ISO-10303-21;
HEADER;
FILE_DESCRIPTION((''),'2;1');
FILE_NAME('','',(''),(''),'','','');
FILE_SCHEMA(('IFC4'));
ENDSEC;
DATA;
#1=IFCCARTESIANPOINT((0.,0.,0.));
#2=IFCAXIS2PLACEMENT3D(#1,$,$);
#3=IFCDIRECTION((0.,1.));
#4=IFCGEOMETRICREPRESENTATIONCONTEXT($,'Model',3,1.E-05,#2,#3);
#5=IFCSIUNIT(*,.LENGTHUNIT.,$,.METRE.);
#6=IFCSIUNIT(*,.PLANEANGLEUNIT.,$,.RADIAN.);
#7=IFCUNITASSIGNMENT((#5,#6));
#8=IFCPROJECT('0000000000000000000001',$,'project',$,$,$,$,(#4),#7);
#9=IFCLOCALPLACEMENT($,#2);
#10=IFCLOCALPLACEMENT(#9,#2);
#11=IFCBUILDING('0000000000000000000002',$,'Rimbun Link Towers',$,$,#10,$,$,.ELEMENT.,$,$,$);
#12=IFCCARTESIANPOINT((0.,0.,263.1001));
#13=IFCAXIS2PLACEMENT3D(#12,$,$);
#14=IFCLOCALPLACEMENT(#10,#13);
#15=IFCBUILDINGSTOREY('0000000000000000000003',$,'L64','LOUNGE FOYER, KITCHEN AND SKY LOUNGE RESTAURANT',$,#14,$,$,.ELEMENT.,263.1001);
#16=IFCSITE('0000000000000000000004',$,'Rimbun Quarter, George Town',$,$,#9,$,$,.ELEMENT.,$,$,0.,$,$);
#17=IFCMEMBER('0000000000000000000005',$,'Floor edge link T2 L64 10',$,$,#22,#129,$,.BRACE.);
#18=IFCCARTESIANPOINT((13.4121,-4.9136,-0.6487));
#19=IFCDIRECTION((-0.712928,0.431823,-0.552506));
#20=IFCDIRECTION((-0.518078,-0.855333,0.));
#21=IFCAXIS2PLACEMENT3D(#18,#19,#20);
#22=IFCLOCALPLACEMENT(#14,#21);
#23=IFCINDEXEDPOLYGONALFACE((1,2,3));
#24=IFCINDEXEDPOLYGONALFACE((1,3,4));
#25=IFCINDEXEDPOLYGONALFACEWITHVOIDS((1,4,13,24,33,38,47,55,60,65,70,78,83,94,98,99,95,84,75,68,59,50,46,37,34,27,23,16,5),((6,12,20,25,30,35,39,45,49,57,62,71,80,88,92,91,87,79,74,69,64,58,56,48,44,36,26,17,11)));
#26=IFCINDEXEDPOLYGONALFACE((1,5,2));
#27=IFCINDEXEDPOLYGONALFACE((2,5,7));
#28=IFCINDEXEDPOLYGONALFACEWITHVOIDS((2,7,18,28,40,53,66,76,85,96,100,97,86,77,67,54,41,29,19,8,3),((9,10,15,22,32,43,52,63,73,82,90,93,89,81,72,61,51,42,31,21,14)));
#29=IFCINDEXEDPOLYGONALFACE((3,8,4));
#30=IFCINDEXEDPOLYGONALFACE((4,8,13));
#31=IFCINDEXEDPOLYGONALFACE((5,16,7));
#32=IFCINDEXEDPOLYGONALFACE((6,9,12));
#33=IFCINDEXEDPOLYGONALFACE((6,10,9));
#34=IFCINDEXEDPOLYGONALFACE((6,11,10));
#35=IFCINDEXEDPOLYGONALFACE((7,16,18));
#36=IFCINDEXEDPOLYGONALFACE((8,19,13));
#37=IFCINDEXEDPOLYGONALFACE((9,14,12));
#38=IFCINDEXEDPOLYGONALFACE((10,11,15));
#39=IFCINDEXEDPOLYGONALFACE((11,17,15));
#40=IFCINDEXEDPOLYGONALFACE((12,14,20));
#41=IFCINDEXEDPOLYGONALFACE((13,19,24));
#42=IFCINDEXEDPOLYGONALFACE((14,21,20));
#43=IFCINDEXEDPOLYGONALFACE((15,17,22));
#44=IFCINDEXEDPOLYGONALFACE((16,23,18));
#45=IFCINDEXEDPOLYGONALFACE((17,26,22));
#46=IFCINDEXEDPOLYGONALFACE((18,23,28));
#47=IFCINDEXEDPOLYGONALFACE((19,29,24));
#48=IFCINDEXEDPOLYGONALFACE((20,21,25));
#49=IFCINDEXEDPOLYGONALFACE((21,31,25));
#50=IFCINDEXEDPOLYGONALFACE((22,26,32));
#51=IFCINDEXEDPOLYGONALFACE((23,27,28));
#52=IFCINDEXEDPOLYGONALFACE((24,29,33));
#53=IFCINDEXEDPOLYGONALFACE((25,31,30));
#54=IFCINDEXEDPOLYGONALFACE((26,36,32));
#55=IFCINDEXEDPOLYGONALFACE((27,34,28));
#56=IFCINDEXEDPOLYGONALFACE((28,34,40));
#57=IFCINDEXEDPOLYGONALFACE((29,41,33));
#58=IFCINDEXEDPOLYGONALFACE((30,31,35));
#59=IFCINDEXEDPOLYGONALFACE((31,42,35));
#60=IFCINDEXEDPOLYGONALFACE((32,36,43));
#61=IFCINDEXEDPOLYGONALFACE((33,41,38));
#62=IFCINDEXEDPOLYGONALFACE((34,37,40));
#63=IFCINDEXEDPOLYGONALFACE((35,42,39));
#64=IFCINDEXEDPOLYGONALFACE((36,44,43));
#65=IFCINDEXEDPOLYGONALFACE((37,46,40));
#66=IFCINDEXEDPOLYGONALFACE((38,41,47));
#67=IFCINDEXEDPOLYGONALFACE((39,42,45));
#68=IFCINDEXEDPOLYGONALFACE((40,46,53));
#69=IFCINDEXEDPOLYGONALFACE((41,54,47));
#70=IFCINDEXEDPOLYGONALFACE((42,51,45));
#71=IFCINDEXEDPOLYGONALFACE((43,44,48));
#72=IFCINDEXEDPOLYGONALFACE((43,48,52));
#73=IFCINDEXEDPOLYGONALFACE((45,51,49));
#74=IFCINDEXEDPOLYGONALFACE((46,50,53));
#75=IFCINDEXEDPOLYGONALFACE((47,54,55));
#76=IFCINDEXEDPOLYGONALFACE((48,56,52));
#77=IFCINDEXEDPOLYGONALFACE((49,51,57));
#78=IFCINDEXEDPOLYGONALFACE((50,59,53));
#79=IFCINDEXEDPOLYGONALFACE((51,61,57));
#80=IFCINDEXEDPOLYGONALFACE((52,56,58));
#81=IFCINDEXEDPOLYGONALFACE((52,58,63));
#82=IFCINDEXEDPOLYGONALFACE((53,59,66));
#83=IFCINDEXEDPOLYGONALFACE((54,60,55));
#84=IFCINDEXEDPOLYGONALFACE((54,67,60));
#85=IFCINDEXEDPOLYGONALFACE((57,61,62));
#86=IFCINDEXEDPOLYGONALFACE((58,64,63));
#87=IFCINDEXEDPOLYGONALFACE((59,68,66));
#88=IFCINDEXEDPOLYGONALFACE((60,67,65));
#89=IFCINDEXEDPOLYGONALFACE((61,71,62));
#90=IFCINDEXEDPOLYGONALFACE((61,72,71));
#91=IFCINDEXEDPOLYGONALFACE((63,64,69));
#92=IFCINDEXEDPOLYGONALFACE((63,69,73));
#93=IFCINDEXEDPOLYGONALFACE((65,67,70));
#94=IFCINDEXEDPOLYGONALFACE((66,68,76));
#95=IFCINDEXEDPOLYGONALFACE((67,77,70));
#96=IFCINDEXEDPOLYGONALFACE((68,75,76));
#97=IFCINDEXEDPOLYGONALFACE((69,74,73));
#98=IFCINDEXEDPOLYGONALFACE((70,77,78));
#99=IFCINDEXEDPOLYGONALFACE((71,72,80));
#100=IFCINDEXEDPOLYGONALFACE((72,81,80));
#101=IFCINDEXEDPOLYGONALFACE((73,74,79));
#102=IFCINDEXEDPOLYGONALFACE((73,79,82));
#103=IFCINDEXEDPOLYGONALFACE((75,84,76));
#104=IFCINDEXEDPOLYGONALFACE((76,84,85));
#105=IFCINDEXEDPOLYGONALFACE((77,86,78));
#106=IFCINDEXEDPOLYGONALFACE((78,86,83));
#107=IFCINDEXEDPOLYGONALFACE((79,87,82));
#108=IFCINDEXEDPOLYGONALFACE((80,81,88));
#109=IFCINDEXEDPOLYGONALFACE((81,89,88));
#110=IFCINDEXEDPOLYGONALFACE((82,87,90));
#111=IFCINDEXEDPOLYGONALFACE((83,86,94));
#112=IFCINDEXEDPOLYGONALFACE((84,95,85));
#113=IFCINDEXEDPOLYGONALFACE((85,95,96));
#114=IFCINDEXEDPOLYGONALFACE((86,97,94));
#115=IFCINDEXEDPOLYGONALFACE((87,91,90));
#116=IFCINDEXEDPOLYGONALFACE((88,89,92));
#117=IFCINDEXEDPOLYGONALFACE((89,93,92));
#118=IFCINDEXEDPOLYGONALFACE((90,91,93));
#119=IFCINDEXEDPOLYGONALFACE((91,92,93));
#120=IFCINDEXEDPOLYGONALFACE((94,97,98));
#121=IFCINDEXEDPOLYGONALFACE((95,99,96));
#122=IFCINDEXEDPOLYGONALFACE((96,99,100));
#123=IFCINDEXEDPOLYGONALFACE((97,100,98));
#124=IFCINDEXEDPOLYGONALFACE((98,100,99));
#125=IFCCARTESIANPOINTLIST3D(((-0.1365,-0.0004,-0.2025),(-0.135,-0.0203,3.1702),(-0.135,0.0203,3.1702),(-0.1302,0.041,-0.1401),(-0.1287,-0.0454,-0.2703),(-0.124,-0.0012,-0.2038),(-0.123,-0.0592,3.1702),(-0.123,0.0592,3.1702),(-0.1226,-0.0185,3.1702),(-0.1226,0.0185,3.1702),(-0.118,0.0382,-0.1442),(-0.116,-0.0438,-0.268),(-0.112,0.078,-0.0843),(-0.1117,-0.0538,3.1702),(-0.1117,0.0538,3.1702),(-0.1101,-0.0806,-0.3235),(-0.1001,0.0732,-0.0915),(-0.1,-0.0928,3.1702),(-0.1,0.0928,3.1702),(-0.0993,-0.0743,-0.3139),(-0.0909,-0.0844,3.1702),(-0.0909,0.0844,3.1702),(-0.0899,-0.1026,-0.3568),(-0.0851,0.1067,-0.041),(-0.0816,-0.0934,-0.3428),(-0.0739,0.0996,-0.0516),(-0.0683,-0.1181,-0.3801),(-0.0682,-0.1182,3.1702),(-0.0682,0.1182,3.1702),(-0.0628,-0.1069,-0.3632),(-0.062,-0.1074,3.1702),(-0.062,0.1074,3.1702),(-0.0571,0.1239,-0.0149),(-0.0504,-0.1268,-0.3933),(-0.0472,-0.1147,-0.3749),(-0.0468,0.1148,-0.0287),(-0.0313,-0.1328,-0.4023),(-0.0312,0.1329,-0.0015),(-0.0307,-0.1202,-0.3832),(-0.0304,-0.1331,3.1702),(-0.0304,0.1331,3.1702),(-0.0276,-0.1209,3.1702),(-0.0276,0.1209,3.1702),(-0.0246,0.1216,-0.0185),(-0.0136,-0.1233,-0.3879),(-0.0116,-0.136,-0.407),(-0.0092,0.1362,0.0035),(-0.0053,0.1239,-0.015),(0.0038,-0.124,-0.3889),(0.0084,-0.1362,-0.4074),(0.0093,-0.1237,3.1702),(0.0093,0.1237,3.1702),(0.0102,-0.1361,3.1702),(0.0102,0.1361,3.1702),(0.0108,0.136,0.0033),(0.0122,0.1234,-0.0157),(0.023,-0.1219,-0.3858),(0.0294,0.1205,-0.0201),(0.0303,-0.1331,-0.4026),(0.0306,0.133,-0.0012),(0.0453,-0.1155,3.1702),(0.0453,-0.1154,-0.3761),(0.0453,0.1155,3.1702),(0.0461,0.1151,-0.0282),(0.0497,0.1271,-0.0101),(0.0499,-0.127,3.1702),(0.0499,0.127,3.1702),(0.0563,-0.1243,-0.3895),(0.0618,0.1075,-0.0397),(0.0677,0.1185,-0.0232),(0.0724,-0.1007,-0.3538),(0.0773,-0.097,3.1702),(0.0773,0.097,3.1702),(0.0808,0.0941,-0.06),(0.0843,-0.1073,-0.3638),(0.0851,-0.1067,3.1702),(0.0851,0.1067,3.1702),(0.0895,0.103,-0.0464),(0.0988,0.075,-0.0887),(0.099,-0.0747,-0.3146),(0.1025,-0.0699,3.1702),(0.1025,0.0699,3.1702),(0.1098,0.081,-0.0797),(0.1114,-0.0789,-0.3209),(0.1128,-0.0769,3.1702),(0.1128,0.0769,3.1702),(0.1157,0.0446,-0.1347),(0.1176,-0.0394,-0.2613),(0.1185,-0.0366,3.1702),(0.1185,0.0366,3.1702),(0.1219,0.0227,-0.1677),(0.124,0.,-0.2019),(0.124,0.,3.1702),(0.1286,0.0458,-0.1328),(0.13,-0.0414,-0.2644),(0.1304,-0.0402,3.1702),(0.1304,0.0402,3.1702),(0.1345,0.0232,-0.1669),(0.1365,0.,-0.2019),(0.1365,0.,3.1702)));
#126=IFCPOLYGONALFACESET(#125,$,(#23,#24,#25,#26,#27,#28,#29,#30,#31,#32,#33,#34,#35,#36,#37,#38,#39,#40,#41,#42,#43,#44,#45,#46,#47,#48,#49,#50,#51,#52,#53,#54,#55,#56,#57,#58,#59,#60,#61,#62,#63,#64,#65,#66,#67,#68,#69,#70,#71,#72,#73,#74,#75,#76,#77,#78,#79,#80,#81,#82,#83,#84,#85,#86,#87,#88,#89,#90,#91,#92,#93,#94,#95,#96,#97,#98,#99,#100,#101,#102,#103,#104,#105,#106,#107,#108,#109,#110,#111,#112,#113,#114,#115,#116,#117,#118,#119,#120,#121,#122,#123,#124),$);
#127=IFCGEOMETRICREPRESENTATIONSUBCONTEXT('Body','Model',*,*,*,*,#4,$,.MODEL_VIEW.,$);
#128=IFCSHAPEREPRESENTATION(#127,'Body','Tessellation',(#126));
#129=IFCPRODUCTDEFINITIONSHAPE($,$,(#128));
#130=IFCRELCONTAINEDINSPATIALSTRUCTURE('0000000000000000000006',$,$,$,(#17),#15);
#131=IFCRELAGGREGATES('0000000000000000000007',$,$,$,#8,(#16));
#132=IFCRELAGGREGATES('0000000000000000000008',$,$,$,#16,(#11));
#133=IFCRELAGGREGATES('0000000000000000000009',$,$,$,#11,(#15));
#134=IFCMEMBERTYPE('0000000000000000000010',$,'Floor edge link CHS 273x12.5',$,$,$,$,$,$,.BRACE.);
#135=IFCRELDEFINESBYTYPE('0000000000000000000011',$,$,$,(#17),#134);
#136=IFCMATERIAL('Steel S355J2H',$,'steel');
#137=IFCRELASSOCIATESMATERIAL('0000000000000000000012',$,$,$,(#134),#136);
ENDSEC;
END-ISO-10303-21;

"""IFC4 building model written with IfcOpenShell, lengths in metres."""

from ifc_helpers import new_model, si_unit, direction, frame, origin, origin_2d, place, context, subcontext, project, spatial, hollow_circle, extrude, clip, halfspace, material, material_profile, profile_set, type_object, element, save


model = new_model("IFC4")

# Units and contexts
model_context = context("Model", 3, precision=1e-05, world=origin(), true_north=direction((0.0, 1.0)))
body_context = subcontext(model_context, "Body", "Model", "MODEL_VIEW")
ifc_project = project(units=[si_unit("LENGTHUNIT", "METRE"), si_unit("PLANEANGLEUNIT", "RADIAN")], contexts=[model_context])

# Site, building, storey
site_placement = place(None, origin())
site = spatial("IfcSite", under=ifc_project, at=site_placement, Name="Rimbun Quarter, George Town", CompositionType="ELEMENT", RefElevation=0.0)
building_placement = place(site_placement, origin())
building = spatial("IfcBuilding", under=site, at=building_placement, Name="Rimbun Link Towers", CompositionType="ELEMENT")
storey_placement = place(building_placement, frame((0.0, 0.0, 263.1001)))
storey = spatial("IfcBuildingStorey", under=building, at=storey_placement, Name="L64", Description="LOUNGE FOYER, KITCHEN AND SKY LOUNGE RESTAURANT", CompositionType="ELEMENT", Elevation=263.1001)

# Member
ifc_material_1 = material(Name="Steel S355J2H", Category="steel")
ifc_material_profile_1 = material_profile(ifc_material_1, hollow_circle(Radius=0.1365, WallThickness=0.0125, at=origin_2d()), Name="CHS 273x12.5")
ifc_profile_set_1 = profile_set([ifc_material_profile_1], Name="Steel S355J2H")
member_type_1 = type_object("IfcMemberType", Name="Floor edge link CHS 273x12.5", PredefinedType="BRACE", material=ifc_profile_set_1)
member_1_placement = place(storey_placement, frame((13.4121, -4.9136, -0.6487), z_axis=(-0.712928, 0.431823, -0.552506), x_axis=(-0.518078, -0.855333, 0.0)))
element("IfcMember", 1, at=member_1_placement, inside=storey, type_object=member_type_1, Name="Floor edge link T2 L64 10", PredefinedType="BRACE", context=body_context, shape_type="Clipping", body=[
    clip(extrude(hollow_circle(Radius=0.1365, WallThickness=0.0125, at=origin_2d()), frame((0.0, 0.0, -0.4299)), (0.0, 0.0, 1.0), 3.6001), halfspace(frame((0.0, 0.0, -0.2019), z_axis=(0.0, 0.833509, -0.552506)), False)),
])

save(model, "model.ifc")
